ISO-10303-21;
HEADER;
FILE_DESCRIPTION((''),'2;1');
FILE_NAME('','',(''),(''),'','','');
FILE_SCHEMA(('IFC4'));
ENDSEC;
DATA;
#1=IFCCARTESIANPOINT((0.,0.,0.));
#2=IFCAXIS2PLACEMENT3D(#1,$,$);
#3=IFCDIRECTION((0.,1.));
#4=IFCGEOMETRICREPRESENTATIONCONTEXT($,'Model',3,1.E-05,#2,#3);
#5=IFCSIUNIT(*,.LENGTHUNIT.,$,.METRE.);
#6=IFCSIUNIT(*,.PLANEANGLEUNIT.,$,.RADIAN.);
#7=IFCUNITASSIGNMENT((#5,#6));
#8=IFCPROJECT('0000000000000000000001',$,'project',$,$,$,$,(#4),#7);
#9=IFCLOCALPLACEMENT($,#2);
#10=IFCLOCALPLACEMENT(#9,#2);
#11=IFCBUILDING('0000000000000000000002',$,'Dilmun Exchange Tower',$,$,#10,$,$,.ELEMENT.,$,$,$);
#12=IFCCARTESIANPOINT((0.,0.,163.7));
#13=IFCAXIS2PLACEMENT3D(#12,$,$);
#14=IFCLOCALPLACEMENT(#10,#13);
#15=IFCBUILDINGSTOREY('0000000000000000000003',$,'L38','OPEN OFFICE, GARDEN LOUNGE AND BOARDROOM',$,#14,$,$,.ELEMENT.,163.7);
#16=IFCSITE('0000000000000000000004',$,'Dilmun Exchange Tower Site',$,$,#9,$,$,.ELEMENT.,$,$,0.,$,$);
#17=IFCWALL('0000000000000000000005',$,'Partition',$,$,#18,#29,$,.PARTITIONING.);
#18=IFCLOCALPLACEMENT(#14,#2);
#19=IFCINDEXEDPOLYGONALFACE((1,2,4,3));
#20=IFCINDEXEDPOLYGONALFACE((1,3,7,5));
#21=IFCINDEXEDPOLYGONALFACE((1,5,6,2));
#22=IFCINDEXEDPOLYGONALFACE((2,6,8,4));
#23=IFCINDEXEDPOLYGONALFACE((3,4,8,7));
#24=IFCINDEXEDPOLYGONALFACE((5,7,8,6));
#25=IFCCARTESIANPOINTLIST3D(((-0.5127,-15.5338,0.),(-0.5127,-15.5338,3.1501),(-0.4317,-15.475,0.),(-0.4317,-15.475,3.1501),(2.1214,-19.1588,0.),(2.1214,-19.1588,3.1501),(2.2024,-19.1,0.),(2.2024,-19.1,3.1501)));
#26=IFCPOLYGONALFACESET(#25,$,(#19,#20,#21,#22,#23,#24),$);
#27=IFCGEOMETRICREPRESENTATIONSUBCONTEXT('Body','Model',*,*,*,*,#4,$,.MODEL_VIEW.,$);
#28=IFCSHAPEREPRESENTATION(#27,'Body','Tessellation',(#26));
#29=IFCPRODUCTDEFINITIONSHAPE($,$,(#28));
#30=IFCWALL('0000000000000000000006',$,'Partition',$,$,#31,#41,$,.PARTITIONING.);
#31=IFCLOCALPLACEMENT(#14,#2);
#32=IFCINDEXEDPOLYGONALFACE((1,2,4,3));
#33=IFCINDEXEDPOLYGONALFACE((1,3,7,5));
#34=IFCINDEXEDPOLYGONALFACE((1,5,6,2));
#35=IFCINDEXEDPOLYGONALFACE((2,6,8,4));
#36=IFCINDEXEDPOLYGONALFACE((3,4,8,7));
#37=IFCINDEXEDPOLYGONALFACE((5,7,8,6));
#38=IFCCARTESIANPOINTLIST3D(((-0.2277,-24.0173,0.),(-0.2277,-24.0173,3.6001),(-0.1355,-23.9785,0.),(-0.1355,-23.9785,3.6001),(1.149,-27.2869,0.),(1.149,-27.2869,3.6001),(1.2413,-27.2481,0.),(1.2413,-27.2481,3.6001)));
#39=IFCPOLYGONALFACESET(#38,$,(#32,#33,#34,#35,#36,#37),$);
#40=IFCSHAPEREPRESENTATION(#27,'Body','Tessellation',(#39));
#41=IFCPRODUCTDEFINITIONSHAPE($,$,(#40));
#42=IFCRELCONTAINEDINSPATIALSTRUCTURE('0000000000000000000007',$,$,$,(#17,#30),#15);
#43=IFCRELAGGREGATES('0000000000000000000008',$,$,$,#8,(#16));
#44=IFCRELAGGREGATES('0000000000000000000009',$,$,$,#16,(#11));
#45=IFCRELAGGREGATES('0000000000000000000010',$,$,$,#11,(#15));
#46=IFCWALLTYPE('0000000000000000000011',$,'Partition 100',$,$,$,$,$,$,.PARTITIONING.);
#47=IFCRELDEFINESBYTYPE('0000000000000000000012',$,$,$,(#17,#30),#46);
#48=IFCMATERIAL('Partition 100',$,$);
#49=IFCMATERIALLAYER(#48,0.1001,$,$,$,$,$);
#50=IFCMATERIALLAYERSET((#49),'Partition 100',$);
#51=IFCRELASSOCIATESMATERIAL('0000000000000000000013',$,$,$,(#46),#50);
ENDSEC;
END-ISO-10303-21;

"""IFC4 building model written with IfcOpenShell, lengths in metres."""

from ifc_helpers import new_model, si_unit, direction, frame, frame_2d, origin, place, context, subcontext, project, spatial, rectangle, extrude, material, layer, layer_set, type_object, element, save


model = new_model("IFC4")

# Units and contexts
model_context = context("Model", 3, precision=1e-05, world=origin(), true_north=direction((0.0, 1.0)))
body_context = subcontext(model_context, "Body", "Model", "MODEL_VIEW")
ifc_project = project(units=[si_unit("LENGTHUNIT", "METRE"), si_unit("PLANEANGLEUNIT", "RADIAN")], contexts=[model_context])

# Site, building, storey
site_placement = place(None, origin())
site = spatial("IfcSite", under=ifc_project, at=site_placement, Name="Dilmun Exchange Tower Site", CompositionType="ELEMENT", RefElevation=0.0)
building_placement = place(site_placement, origin())
building = spatial("IfcBuilding", under=site, at=building_placement, Name="Dilmun Exchange Tower", CompositionType="ELEMENT")
storey_placement = place(building_placement, frame((0.0, 0.0, 163.7)))
storey = spatial("IfcBuildingStorey", under=building, at=storey_placement, Name="L38", Description="OPEN OFFICE, GARDEN LOUNGE AND BOARDROOM", CompositionType="ELEMENT", Elevation=163.7)

# Walls
ifc_material_1 = material(Name="Partition 100")
ifc_layer_1 = layer(ifc_material_1, 0.1001)
ifc_layer_set_1 = layer_set([ifc_layer_1], Name="Partition 100")
wall_type_1 = type_object("IfcWallType", Name="Partition 100", PredefinedType="PARTITIONING", material=ifc_layer_set_1)
wall_1_placement = place(storey_placement, frame((-0.4722, -15.5044, 0.0), z_axis=(0.0, 0.0, 1.0), x_axis=(0.587831, -0.808983, 0.0)))
element("IfcWall", 1, at=wall_1_placement, inside=storey, type_object=wall_type_1, Name="Partition", PredefinedType="PARTITIONING", context=body_context, shape_type="SweptSolid", body=[
    extrude(rectangle(XDim=4.481, YDim=0.1001, at=frame_2d((2.2405, 0.0))), origin(), (0.0, 0.0, 1.0), 3.1501),
])
wall_2_placement = place(storey_placement, frame((-0.1816, -23.9978, 0.0), z_axis=(0.0, 0.0, 1.0), x_axis=(0.388072, -0.921629, 0.0)))
element("IfcWall", 2, at=wall_2_placement, inside=storey, type_object=wall_type_1, Name="Partition", PredefinedType="PARTITIONING", context=body_context, shape_type="SweptSolid", body=[
    extrude(rectangle(XDim=3.5476, YDim=0.1001, at=frame_2d((1.7739, 0.0))), origin(), (0.0, 0.0, 1.0), 3.6001),
])

save(model, "model.ifc")
